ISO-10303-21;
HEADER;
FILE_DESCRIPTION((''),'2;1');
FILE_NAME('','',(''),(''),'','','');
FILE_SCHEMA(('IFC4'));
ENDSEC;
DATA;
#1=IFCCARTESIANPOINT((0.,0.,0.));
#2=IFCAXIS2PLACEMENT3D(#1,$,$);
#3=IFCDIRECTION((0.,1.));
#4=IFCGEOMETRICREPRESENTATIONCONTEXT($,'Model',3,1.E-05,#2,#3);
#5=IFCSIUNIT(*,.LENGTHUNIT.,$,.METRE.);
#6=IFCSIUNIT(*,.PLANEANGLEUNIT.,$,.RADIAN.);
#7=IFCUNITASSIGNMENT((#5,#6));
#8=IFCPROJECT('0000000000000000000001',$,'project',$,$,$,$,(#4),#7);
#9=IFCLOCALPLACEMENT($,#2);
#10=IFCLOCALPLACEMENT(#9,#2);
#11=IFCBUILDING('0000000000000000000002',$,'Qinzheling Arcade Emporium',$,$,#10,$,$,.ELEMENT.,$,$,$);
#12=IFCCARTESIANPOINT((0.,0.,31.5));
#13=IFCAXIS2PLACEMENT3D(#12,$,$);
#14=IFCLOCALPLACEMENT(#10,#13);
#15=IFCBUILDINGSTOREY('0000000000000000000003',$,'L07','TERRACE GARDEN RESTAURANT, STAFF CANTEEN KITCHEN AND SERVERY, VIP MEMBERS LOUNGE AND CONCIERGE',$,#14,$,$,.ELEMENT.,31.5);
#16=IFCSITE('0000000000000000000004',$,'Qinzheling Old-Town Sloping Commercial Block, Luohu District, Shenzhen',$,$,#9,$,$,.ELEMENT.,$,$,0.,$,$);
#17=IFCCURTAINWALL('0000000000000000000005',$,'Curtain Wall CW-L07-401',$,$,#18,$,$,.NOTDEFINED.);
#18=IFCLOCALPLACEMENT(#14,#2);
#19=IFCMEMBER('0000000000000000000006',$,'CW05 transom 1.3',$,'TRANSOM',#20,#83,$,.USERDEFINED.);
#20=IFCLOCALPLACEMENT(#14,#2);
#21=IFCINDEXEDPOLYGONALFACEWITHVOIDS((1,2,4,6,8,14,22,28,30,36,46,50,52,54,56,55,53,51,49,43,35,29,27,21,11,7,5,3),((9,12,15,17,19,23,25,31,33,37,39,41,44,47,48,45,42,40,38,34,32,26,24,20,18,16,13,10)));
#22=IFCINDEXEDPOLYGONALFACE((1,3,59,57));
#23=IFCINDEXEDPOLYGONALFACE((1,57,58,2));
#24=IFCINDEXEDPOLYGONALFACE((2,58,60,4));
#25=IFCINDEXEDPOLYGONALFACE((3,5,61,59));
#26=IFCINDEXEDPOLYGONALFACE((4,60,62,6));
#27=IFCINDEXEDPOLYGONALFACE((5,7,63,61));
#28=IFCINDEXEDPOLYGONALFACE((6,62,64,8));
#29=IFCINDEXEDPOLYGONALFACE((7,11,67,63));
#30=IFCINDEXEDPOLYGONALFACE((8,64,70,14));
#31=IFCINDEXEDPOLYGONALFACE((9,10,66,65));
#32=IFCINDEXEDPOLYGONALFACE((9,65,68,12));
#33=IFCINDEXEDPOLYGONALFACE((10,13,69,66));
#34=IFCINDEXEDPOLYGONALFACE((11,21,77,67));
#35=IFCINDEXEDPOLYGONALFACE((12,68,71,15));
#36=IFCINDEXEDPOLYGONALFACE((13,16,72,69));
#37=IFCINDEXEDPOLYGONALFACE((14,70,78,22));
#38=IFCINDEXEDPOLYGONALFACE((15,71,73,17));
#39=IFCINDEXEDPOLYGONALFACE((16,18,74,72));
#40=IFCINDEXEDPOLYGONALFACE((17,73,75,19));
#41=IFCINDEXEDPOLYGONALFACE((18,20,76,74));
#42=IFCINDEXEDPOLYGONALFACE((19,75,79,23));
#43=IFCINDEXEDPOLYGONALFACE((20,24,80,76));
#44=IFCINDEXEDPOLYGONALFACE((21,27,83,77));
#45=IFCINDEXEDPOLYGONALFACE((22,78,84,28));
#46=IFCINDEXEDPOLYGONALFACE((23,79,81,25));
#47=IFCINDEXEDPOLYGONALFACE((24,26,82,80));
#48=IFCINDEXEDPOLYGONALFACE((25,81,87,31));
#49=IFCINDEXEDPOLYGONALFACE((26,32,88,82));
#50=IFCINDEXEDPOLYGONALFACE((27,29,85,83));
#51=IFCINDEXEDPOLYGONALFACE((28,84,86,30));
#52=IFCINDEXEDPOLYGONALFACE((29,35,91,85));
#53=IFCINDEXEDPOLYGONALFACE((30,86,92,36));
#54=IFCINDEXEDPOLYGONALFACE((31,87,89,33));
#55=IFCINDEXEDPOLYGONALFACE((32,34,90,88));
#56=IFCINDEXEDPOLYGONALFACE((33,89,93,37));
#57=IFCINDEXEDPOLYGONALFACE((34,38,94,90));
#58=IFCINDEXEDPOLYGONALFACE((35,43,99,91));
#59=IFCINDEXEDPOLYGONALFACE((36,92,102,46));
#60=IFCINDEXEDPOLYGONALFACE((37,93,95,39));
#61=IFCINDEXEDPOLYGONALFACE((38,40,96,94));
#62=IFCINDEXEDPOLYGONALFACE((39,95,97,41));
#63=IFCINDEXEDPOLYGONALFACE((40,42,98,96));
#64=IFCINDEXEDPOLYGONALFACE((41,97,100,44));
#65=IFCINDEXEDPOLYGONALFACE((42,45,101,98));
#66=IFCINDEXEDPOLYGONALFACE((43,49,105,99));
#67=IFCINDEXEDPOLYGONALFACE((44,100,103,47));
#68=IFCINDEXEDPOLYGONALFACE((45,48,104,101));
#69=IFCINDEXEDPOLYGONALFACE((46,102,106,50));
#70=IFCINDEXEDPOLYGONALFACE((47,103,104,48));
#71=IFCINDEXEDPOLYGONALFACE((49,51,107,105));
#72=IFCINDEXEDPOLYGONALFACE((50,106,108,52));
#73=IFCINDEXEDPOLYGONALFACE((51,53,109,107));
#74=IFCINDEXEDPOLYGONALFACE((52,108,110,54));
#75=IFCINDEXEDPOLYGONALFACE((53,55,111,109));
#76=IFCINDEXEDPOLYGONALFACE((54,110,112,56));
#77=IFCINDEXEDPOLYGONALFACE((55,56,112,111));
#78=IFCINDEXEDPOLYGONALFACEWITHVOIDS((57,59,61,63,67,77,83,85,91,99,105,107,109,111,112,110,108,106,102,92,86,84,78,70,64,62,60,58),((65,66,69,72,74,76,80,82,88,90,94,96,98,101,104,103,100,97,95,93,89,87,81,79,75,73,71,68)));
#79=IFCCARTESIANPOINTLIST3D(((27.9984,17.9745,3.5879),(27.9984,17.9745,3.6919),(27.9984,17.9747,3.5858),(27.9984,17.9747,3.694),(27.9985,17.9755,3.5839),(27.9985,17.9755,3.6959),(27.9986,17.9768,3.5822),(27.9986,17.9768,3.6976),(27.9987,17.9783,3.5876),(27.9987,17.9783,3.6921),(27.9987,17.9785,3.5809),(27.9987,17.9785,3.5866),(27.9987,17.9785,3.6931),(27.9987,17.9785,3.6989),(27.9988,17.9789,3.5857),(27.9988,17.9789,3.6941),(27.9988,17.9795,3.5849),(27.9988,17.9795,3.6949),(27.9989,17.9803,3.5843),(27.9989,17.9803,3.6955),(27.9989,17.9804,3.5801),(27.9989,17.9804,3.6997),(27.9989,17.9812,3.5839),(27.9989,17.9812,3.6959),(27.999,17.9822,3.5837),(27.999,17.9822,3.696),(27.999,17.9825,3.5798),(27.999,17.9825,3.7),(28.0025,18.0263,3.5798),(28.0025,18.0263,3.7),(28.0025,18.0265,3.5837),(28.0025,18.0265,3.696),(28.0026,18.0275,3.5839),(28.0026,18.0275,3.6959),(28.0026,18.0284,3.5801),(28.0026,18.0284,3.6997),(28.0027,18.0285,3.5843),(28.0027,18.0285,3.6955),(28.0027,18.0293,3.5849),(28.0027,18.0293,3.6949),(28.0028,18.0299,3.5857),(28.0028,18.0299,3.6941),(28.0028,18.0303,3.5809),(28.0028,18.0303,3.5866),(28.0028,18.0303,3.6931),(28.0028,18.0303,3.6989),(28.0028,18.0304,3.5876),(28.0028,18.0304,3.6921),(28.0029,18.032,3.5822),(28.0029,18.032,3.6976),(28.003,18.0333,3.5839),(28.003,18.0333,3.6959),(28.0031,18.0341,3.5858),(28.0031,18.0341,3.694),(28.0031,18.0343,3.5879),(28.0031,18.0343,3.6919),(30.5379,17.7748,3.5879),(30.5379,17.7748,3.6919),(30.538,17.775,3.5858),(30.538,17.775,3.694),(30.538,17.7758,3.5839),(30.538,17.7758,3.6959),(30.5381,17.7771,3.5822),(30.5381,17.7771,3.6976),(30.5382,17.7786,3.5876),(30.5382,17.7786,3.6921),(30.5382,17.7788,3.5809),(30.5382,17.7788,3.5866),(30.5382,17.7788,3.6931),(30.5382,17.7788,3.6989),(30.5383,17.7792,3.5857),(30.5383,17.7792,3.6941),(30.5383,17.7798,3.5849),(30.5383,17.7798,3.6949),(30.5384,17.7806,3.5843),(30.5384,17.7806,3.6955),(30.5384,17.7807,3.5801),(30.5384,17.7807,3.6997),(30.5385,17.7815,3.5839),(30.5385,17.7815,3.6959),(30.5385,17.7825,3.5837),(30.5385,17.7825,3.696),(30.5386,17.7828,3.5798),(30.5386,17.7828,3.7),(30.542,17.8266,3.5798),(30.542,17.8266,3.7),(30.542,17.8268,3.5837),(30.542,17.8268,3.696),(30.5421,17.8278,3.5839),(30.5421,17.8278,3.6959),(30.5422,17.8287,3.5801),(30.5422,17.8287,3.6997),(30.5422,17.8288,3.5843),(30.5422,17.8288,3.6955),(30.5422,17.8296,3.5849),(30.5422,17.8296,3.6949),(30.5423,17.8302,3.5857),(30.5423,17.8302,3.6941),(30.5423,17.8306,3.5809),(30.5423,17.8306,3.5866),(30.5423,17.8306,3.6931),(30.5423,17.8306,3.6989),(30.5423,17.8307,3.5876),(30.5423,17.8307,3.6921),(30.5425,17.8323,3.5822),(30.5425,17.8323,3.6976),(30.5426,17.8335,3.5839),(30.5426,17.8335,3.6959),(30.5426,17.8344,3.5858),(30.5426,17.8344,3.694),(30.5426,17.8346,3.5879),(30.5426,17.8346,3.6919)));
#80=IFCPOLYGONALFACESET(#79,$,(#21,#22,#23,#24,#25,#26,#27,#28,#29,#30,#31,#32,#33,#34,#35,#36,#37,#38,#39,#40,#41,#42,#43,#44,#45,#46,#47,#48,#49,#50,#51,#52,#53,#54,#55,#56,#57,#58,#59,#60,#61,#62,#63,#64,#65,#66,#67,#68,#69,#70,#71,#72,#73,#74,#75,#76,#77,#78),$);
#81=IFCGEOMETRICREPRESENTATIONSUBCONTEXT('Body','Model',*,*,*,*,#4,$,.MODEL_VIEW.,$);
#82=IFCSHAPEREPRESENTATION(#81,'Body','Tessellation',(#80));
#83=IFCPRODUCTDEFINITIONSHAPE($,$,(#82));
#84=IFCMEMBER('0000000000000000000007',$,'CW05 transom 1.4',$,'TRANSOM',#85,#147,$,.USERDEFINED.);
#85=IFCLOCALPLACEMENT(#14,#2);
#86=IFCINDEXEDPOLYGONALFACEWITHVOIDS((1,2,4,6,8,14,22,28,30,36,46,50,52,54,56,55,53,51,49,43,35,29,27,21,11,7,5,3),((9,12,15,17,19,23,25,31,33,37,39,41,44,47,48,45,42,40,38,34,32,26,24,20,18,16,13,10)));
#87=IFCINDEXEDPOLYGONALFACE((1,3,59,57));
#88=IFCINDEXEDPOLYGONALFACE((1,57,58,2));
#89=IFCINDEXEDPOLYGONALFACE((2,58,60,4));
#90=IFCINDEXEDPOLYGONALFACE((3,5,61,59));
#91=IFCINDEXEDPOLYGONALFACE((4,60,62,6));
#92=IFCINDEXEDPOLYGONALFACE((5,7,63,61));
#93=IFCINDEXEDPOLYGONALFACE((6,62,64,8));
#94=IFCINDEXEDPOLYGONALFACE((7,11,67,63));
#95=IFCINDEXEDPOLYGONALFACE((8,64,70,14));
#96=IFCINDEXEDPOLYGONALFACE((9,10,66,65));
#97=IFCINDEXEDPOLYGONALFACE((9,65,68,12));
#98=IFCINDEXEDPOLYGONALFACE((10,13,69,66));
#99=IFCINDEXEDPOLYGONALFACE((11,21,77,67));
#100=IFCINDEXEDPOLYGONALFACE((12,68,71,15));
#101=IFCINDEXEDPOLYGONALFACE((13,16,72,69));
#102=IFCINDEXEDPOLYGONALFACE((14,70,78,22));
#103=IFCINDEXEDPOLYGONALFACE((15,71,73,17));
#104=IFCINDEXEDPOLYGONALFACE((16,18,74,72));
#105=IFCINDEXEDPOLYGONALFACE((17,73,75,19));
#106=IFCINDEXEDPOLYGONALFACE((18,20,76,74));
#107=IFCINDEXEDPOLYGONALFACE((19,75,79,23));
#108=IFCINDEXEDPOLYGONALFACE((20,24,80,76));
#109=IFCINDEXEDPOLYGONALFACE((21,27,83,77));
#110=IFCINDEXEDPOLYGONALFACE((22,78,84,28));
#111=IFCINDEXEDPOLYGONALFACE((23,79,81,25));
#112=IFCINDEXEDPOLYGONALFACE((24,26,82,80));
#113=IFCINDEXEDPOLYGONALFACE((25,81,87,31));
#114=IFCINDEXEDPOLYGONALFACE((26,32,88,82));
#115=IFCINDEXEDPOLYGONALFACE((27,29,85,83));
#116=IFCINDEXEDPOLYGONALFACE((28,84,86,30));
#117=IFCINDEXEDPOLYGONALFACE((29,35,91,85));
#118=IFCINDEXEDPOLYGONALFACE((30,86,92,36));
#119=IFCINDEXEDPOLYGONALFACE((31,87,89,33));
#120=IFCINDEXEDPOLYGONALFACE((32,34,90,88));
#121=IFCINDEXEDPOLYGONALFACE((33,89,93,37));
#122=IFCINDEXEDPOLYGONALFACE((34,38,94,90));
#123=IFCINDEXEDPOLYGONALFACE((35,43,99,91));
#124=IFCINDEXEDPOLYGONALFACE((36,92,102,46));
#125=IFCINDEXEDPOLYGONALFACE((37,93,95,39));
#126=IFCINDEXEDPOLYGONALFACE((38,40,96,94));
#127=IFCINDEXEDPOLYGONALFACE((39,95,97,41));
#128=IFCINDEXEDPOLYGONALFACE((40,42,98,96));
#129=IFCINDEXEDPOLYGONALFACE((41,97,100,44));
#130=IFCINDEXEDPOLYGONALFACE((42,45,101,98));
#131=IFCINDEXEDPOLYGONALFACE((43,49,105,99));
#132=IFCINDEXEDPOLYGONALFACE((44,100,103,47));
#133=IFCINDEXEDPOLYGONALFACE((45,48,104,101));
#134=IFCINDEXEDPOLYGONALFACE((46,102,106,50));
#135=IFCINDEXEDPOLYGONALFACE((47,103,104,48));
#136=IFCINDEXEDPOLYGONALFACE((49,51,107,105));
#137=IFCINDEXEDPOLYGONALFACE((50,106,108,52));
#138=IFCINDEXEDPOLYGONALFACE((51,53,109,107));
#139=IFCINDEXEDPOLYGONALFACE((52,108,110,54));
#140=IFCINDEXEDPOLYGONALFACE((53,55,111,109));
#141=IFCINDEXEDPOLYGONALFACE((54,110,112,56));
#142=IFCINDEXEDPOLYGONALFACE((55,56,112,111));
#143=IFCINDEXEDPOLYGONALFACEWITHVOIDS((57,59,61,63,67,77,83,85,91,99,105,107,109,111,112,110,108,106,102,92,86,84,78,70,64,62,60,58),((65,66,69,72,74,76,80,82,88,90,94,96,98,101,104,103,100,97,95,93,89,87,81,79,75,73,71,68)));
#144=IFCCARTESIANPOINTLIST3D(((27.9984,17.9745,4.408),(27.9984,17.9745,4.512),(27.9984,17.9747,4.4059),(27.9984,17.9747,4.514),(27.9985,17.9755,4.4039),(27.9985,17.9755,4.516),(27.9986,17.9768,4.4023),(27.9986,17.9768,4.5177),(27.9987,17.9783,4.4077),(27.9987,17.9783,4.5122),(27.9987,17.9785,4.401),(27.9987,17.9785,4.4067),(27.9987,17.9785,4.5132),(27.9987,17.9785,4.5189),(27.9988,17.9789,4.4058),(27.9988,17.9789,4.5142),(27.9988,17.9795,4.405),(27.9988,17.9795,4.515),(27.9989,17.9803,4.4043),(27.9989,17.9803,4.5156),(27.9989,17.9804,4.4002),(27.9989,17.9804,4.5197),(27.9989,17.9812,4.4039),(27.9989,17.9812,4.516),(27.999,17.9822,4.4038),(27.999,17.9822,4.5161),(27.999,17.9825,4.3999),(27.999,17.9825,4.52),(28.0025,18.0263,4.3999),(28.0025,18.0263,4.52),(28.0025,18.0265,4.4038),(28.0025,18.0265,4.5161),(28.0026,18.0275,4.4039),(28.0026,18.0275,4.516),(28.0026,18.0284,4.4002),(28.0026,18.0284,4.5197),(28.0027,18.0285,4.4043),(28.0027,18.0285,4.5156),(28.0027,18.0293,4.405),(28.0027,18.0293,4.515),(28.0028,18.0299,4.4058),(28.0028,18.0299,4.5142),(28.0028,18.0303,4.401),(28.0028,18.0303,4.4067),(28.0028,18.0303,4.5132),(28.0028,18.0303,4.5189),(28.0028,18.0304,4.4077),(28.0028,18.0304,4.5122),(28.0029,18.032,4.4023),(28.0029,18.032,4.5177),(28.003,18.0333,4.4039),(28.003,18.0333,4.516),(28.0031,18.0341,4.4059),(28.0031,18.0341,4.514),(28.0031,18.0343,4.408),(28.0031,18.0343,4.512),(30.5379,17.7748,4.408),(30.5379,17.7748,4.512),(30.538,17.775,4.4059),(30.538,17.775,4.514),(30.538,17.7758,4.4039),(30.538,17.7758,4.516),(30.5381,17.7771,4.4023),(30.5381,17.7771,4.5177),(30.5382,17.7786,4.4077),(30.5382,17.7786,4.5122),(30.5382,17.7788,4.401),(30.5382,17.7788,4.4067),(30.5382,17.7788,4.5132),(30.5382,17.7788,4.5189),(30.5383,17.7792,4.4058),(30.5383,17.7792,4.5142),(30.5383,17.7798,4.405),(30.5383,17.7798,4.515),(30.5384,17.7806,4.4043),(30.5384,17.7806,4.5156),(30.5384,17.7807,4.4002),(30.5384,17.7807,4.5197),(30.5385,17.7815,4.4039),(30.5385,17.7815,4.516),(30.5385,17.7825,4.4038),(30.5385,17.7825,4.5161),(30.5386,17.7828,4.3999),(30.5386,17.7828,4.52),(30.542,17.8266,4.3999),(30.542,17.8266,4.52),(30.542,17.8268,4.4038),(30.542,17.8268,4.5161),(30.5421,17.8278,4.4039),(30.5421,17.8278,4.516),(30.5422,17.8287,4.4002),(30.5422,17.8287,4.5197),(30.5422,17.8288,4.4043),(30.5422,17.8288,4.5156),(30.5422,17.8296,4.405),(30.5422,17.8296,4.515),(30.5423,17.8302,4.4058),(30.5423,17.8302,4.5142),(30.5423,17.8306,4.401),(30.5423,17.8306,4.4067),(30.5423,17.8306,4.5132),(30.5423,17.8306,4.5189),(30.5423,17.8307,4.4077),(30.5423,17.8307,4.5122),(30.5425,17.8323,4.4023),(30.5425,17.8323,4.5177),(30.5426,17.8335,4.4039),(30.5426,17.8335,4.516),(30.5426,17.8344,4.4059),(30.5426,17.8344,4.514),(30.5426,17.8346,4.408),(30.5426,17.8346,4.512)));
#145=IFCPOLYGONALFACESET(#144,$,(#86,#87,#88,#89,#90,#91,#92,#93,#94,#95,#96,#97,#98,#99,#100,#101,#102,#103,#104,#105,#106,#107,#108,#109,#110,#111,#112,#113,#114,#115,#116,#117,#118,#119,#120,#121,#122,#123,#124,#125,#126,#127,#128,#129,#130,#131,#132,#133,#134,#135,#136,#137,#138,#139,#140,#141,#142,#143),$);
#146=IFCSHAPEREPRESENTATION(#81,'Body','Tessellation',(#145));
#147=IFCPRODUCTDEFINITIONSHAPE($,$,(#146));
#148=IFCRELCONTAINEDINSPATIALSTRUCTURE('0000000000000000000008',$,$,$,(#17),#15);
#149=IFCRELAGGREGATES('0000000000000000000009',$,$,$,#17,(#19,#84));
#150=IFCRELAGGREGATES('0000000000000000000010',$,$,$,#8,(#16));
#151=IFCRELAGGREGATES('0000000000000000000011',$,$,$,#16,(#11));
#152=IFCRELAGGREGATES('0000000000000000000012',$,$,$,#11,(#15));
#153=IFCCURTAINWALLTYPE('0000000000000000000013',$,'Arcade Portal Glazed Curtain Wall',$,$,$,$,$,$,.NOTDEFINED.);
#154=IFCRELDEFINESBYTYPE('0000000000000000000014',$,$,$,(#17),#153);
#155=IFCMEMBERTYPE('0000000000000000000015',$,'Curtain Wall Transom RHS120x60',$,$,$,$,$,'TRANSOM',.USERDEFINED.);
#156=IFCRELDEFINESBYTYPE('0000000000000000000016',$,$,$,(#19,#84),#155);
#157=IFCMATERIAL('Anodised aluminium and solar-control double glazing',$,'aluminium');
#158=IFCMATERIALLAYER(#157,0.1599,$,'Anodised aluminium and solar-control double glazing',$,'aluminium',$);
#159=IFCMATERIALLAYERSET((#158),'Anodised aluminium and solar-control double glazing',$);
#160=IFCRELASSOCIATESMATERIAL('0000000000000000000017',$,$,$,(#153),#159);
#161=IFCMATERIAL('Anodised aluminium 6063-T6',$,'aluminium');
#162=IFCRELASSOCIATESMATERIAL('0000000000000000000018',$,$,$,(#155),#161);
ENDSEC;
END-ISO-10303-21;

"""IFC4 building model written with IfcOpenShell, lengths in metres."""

from ifc_helpers import new_model, si_unit, direction, frame, origin, origin_2d, place, context, subcontext, project, spatial, hollow_rectangle, extrude, material, layer, layer_set, material_profile, profile_set, type_object, element, aggregate, save


model = new_model("IFC4")

# Units and contexts
model_context = context("Model", 3, precision=1e-05, world=origin(), true_north=direction((0.0, 1.0)))
body_context = subcontext(model_context, "Body", "Model", "MODEL_VIEW")
ifc_project = project(units=[si_unit("LENGTHUNIT", "METRE"), si_unit("PLANEANGLEUNIT", "RADIAN")], contexts=[model_context])

# Site, building, storey
site_placement = place(None, origin())
site = spatial("IfcSite", under=ifc_project, at=site_placement, Name="Qinzheling Old-Town Sloping Commercial Block, Luohu District, Shenzhen", CompositionType="ELEMENT", RefElevation=0.0)
building_placement = place(site_placement, origin())
building = spatial("IfcBuilding", under=site, at=building_placement, Name="Qinzheling Arcade Emporium", CompositionType="ELEMENT")
storey_placement = place(building_placement, frame((0.0, 0.0, 31.5)))
storey = spatial("IfcBuildingStorey", under=building, at=storey_placement, Name="L07", Description="TERRACE GARDEN RESTAURANT, STAFF CANTEEN KITCHEN AND SERVERY, VIP MEMBERS LOUNGE AND CONCIERGE", CompositionType="ELEMENT", Elevation=31.5)

# Curtain wall
ifc_material_1 = material(Name="Anodised aluminium and solar-control double glazing", Category="aluminium")
ifc_layer_1 = layer(ifc_material_1, 0.1599, Name="Anodised aluminium and solar-control double glazing", Category="aluminium")
ifc_layer_set_1 = layer_set([ifc_layer_1], Name="Anodised aluminium and solar-control double glazing")
curtain_wall_type_1 = type_object("IfcCurtainWallType", Name="Arcade Portal Glazed Curtain Wall", PredefinedType="NOTDEFINED", material=ifc_layer_set_1)
ifc_material_2 = material(Name="Anodised aluminium 6063-T6", Category="aluminium")
curtain_wall_1_placement = place(storey_placement, origin())
curtain_wall_1 = element("IfcCurtainWall", 1, at=curtain_wall_1_placement, inside=storey, type_object=curtain_wall_type_1, Name="Curtain Wall CW-L07-401", PredefinedType="NOTDEFINED")

# Members
ifc_material_profile_1 = material_profile(ifc_material_2, hollow_rectangle(XDim=0.0601, YDim=0.1201, WallThickness=0.0039, InnerFilletRadius=0.0039, OuterFilletRadius=0.0081, at=origin_2d()), Name="RHS 120x60x4", Category="aluminium")
ifc_profile_set_1 = profile_set([ifc_material_profile_1], Name="Anodised aluminium 6063-T6")
member_type_1 = type_object("IfcMemberType", Name="Curtain Wall Transom RHS120x60", ElementType="TRANSOM", PredefinedType="USERDEFINED", material=ifc_profile_set_1)
member_1_placement = place(storey_placement, frame((30.5403, 17.8047, 3.6399), z_axis=(-0.996922, 0.078397, 0.0), x_axis=(-0.078397, -0.996922, 0.0)))
member_1 = element("IfcMember", 2, at=member_1_placement, type_object=member_type_1, Name="CW05 transom 1.3", ObjectType="TRANSOM", PredefinedType="USERDEFINED", context=body_context, shape_type="SweptSolid", body=[
    extrude(hollow_rectangle(XDim=0.0601, YDim=0.1201, WallThickness=0.0039, InnerFilletRadius=0.0039, OuterFilletRadius=0.0081, at=origin_2d()), origin(), (0.0, 0.0, 1.0), 2.5474),
])
member_2_placement = place(storey_placement, frame((30.5403, 17.8047, 4.46), z_axis=(-0.996922, 0.078397, 0.0), x_axis=(-0.078397, -0.996922, 0.0)))
member_2 = element("IfcMember", 3, at=member_2_placement, type_object=member_type_1, Name="CW05 transom 1.4", ObjectType="TRANSOM", PredefinedType="USERDEFINED", context=body_context, shape_type="SweptSolid", body=[
    extrude(hollow_rectangle(XDim=0.0601, YDim=0.1201, WallThickness=0.0039, InnerFilletRadius=0.0039, OuterFilletRadius=0.0081, at=origin_2d()), origin(), (0.0, 0.0, 1.0), 2.5474),
])

aggregate(curtain_wall_1, [member_1, member_2])

save(model, "model.ifc")
